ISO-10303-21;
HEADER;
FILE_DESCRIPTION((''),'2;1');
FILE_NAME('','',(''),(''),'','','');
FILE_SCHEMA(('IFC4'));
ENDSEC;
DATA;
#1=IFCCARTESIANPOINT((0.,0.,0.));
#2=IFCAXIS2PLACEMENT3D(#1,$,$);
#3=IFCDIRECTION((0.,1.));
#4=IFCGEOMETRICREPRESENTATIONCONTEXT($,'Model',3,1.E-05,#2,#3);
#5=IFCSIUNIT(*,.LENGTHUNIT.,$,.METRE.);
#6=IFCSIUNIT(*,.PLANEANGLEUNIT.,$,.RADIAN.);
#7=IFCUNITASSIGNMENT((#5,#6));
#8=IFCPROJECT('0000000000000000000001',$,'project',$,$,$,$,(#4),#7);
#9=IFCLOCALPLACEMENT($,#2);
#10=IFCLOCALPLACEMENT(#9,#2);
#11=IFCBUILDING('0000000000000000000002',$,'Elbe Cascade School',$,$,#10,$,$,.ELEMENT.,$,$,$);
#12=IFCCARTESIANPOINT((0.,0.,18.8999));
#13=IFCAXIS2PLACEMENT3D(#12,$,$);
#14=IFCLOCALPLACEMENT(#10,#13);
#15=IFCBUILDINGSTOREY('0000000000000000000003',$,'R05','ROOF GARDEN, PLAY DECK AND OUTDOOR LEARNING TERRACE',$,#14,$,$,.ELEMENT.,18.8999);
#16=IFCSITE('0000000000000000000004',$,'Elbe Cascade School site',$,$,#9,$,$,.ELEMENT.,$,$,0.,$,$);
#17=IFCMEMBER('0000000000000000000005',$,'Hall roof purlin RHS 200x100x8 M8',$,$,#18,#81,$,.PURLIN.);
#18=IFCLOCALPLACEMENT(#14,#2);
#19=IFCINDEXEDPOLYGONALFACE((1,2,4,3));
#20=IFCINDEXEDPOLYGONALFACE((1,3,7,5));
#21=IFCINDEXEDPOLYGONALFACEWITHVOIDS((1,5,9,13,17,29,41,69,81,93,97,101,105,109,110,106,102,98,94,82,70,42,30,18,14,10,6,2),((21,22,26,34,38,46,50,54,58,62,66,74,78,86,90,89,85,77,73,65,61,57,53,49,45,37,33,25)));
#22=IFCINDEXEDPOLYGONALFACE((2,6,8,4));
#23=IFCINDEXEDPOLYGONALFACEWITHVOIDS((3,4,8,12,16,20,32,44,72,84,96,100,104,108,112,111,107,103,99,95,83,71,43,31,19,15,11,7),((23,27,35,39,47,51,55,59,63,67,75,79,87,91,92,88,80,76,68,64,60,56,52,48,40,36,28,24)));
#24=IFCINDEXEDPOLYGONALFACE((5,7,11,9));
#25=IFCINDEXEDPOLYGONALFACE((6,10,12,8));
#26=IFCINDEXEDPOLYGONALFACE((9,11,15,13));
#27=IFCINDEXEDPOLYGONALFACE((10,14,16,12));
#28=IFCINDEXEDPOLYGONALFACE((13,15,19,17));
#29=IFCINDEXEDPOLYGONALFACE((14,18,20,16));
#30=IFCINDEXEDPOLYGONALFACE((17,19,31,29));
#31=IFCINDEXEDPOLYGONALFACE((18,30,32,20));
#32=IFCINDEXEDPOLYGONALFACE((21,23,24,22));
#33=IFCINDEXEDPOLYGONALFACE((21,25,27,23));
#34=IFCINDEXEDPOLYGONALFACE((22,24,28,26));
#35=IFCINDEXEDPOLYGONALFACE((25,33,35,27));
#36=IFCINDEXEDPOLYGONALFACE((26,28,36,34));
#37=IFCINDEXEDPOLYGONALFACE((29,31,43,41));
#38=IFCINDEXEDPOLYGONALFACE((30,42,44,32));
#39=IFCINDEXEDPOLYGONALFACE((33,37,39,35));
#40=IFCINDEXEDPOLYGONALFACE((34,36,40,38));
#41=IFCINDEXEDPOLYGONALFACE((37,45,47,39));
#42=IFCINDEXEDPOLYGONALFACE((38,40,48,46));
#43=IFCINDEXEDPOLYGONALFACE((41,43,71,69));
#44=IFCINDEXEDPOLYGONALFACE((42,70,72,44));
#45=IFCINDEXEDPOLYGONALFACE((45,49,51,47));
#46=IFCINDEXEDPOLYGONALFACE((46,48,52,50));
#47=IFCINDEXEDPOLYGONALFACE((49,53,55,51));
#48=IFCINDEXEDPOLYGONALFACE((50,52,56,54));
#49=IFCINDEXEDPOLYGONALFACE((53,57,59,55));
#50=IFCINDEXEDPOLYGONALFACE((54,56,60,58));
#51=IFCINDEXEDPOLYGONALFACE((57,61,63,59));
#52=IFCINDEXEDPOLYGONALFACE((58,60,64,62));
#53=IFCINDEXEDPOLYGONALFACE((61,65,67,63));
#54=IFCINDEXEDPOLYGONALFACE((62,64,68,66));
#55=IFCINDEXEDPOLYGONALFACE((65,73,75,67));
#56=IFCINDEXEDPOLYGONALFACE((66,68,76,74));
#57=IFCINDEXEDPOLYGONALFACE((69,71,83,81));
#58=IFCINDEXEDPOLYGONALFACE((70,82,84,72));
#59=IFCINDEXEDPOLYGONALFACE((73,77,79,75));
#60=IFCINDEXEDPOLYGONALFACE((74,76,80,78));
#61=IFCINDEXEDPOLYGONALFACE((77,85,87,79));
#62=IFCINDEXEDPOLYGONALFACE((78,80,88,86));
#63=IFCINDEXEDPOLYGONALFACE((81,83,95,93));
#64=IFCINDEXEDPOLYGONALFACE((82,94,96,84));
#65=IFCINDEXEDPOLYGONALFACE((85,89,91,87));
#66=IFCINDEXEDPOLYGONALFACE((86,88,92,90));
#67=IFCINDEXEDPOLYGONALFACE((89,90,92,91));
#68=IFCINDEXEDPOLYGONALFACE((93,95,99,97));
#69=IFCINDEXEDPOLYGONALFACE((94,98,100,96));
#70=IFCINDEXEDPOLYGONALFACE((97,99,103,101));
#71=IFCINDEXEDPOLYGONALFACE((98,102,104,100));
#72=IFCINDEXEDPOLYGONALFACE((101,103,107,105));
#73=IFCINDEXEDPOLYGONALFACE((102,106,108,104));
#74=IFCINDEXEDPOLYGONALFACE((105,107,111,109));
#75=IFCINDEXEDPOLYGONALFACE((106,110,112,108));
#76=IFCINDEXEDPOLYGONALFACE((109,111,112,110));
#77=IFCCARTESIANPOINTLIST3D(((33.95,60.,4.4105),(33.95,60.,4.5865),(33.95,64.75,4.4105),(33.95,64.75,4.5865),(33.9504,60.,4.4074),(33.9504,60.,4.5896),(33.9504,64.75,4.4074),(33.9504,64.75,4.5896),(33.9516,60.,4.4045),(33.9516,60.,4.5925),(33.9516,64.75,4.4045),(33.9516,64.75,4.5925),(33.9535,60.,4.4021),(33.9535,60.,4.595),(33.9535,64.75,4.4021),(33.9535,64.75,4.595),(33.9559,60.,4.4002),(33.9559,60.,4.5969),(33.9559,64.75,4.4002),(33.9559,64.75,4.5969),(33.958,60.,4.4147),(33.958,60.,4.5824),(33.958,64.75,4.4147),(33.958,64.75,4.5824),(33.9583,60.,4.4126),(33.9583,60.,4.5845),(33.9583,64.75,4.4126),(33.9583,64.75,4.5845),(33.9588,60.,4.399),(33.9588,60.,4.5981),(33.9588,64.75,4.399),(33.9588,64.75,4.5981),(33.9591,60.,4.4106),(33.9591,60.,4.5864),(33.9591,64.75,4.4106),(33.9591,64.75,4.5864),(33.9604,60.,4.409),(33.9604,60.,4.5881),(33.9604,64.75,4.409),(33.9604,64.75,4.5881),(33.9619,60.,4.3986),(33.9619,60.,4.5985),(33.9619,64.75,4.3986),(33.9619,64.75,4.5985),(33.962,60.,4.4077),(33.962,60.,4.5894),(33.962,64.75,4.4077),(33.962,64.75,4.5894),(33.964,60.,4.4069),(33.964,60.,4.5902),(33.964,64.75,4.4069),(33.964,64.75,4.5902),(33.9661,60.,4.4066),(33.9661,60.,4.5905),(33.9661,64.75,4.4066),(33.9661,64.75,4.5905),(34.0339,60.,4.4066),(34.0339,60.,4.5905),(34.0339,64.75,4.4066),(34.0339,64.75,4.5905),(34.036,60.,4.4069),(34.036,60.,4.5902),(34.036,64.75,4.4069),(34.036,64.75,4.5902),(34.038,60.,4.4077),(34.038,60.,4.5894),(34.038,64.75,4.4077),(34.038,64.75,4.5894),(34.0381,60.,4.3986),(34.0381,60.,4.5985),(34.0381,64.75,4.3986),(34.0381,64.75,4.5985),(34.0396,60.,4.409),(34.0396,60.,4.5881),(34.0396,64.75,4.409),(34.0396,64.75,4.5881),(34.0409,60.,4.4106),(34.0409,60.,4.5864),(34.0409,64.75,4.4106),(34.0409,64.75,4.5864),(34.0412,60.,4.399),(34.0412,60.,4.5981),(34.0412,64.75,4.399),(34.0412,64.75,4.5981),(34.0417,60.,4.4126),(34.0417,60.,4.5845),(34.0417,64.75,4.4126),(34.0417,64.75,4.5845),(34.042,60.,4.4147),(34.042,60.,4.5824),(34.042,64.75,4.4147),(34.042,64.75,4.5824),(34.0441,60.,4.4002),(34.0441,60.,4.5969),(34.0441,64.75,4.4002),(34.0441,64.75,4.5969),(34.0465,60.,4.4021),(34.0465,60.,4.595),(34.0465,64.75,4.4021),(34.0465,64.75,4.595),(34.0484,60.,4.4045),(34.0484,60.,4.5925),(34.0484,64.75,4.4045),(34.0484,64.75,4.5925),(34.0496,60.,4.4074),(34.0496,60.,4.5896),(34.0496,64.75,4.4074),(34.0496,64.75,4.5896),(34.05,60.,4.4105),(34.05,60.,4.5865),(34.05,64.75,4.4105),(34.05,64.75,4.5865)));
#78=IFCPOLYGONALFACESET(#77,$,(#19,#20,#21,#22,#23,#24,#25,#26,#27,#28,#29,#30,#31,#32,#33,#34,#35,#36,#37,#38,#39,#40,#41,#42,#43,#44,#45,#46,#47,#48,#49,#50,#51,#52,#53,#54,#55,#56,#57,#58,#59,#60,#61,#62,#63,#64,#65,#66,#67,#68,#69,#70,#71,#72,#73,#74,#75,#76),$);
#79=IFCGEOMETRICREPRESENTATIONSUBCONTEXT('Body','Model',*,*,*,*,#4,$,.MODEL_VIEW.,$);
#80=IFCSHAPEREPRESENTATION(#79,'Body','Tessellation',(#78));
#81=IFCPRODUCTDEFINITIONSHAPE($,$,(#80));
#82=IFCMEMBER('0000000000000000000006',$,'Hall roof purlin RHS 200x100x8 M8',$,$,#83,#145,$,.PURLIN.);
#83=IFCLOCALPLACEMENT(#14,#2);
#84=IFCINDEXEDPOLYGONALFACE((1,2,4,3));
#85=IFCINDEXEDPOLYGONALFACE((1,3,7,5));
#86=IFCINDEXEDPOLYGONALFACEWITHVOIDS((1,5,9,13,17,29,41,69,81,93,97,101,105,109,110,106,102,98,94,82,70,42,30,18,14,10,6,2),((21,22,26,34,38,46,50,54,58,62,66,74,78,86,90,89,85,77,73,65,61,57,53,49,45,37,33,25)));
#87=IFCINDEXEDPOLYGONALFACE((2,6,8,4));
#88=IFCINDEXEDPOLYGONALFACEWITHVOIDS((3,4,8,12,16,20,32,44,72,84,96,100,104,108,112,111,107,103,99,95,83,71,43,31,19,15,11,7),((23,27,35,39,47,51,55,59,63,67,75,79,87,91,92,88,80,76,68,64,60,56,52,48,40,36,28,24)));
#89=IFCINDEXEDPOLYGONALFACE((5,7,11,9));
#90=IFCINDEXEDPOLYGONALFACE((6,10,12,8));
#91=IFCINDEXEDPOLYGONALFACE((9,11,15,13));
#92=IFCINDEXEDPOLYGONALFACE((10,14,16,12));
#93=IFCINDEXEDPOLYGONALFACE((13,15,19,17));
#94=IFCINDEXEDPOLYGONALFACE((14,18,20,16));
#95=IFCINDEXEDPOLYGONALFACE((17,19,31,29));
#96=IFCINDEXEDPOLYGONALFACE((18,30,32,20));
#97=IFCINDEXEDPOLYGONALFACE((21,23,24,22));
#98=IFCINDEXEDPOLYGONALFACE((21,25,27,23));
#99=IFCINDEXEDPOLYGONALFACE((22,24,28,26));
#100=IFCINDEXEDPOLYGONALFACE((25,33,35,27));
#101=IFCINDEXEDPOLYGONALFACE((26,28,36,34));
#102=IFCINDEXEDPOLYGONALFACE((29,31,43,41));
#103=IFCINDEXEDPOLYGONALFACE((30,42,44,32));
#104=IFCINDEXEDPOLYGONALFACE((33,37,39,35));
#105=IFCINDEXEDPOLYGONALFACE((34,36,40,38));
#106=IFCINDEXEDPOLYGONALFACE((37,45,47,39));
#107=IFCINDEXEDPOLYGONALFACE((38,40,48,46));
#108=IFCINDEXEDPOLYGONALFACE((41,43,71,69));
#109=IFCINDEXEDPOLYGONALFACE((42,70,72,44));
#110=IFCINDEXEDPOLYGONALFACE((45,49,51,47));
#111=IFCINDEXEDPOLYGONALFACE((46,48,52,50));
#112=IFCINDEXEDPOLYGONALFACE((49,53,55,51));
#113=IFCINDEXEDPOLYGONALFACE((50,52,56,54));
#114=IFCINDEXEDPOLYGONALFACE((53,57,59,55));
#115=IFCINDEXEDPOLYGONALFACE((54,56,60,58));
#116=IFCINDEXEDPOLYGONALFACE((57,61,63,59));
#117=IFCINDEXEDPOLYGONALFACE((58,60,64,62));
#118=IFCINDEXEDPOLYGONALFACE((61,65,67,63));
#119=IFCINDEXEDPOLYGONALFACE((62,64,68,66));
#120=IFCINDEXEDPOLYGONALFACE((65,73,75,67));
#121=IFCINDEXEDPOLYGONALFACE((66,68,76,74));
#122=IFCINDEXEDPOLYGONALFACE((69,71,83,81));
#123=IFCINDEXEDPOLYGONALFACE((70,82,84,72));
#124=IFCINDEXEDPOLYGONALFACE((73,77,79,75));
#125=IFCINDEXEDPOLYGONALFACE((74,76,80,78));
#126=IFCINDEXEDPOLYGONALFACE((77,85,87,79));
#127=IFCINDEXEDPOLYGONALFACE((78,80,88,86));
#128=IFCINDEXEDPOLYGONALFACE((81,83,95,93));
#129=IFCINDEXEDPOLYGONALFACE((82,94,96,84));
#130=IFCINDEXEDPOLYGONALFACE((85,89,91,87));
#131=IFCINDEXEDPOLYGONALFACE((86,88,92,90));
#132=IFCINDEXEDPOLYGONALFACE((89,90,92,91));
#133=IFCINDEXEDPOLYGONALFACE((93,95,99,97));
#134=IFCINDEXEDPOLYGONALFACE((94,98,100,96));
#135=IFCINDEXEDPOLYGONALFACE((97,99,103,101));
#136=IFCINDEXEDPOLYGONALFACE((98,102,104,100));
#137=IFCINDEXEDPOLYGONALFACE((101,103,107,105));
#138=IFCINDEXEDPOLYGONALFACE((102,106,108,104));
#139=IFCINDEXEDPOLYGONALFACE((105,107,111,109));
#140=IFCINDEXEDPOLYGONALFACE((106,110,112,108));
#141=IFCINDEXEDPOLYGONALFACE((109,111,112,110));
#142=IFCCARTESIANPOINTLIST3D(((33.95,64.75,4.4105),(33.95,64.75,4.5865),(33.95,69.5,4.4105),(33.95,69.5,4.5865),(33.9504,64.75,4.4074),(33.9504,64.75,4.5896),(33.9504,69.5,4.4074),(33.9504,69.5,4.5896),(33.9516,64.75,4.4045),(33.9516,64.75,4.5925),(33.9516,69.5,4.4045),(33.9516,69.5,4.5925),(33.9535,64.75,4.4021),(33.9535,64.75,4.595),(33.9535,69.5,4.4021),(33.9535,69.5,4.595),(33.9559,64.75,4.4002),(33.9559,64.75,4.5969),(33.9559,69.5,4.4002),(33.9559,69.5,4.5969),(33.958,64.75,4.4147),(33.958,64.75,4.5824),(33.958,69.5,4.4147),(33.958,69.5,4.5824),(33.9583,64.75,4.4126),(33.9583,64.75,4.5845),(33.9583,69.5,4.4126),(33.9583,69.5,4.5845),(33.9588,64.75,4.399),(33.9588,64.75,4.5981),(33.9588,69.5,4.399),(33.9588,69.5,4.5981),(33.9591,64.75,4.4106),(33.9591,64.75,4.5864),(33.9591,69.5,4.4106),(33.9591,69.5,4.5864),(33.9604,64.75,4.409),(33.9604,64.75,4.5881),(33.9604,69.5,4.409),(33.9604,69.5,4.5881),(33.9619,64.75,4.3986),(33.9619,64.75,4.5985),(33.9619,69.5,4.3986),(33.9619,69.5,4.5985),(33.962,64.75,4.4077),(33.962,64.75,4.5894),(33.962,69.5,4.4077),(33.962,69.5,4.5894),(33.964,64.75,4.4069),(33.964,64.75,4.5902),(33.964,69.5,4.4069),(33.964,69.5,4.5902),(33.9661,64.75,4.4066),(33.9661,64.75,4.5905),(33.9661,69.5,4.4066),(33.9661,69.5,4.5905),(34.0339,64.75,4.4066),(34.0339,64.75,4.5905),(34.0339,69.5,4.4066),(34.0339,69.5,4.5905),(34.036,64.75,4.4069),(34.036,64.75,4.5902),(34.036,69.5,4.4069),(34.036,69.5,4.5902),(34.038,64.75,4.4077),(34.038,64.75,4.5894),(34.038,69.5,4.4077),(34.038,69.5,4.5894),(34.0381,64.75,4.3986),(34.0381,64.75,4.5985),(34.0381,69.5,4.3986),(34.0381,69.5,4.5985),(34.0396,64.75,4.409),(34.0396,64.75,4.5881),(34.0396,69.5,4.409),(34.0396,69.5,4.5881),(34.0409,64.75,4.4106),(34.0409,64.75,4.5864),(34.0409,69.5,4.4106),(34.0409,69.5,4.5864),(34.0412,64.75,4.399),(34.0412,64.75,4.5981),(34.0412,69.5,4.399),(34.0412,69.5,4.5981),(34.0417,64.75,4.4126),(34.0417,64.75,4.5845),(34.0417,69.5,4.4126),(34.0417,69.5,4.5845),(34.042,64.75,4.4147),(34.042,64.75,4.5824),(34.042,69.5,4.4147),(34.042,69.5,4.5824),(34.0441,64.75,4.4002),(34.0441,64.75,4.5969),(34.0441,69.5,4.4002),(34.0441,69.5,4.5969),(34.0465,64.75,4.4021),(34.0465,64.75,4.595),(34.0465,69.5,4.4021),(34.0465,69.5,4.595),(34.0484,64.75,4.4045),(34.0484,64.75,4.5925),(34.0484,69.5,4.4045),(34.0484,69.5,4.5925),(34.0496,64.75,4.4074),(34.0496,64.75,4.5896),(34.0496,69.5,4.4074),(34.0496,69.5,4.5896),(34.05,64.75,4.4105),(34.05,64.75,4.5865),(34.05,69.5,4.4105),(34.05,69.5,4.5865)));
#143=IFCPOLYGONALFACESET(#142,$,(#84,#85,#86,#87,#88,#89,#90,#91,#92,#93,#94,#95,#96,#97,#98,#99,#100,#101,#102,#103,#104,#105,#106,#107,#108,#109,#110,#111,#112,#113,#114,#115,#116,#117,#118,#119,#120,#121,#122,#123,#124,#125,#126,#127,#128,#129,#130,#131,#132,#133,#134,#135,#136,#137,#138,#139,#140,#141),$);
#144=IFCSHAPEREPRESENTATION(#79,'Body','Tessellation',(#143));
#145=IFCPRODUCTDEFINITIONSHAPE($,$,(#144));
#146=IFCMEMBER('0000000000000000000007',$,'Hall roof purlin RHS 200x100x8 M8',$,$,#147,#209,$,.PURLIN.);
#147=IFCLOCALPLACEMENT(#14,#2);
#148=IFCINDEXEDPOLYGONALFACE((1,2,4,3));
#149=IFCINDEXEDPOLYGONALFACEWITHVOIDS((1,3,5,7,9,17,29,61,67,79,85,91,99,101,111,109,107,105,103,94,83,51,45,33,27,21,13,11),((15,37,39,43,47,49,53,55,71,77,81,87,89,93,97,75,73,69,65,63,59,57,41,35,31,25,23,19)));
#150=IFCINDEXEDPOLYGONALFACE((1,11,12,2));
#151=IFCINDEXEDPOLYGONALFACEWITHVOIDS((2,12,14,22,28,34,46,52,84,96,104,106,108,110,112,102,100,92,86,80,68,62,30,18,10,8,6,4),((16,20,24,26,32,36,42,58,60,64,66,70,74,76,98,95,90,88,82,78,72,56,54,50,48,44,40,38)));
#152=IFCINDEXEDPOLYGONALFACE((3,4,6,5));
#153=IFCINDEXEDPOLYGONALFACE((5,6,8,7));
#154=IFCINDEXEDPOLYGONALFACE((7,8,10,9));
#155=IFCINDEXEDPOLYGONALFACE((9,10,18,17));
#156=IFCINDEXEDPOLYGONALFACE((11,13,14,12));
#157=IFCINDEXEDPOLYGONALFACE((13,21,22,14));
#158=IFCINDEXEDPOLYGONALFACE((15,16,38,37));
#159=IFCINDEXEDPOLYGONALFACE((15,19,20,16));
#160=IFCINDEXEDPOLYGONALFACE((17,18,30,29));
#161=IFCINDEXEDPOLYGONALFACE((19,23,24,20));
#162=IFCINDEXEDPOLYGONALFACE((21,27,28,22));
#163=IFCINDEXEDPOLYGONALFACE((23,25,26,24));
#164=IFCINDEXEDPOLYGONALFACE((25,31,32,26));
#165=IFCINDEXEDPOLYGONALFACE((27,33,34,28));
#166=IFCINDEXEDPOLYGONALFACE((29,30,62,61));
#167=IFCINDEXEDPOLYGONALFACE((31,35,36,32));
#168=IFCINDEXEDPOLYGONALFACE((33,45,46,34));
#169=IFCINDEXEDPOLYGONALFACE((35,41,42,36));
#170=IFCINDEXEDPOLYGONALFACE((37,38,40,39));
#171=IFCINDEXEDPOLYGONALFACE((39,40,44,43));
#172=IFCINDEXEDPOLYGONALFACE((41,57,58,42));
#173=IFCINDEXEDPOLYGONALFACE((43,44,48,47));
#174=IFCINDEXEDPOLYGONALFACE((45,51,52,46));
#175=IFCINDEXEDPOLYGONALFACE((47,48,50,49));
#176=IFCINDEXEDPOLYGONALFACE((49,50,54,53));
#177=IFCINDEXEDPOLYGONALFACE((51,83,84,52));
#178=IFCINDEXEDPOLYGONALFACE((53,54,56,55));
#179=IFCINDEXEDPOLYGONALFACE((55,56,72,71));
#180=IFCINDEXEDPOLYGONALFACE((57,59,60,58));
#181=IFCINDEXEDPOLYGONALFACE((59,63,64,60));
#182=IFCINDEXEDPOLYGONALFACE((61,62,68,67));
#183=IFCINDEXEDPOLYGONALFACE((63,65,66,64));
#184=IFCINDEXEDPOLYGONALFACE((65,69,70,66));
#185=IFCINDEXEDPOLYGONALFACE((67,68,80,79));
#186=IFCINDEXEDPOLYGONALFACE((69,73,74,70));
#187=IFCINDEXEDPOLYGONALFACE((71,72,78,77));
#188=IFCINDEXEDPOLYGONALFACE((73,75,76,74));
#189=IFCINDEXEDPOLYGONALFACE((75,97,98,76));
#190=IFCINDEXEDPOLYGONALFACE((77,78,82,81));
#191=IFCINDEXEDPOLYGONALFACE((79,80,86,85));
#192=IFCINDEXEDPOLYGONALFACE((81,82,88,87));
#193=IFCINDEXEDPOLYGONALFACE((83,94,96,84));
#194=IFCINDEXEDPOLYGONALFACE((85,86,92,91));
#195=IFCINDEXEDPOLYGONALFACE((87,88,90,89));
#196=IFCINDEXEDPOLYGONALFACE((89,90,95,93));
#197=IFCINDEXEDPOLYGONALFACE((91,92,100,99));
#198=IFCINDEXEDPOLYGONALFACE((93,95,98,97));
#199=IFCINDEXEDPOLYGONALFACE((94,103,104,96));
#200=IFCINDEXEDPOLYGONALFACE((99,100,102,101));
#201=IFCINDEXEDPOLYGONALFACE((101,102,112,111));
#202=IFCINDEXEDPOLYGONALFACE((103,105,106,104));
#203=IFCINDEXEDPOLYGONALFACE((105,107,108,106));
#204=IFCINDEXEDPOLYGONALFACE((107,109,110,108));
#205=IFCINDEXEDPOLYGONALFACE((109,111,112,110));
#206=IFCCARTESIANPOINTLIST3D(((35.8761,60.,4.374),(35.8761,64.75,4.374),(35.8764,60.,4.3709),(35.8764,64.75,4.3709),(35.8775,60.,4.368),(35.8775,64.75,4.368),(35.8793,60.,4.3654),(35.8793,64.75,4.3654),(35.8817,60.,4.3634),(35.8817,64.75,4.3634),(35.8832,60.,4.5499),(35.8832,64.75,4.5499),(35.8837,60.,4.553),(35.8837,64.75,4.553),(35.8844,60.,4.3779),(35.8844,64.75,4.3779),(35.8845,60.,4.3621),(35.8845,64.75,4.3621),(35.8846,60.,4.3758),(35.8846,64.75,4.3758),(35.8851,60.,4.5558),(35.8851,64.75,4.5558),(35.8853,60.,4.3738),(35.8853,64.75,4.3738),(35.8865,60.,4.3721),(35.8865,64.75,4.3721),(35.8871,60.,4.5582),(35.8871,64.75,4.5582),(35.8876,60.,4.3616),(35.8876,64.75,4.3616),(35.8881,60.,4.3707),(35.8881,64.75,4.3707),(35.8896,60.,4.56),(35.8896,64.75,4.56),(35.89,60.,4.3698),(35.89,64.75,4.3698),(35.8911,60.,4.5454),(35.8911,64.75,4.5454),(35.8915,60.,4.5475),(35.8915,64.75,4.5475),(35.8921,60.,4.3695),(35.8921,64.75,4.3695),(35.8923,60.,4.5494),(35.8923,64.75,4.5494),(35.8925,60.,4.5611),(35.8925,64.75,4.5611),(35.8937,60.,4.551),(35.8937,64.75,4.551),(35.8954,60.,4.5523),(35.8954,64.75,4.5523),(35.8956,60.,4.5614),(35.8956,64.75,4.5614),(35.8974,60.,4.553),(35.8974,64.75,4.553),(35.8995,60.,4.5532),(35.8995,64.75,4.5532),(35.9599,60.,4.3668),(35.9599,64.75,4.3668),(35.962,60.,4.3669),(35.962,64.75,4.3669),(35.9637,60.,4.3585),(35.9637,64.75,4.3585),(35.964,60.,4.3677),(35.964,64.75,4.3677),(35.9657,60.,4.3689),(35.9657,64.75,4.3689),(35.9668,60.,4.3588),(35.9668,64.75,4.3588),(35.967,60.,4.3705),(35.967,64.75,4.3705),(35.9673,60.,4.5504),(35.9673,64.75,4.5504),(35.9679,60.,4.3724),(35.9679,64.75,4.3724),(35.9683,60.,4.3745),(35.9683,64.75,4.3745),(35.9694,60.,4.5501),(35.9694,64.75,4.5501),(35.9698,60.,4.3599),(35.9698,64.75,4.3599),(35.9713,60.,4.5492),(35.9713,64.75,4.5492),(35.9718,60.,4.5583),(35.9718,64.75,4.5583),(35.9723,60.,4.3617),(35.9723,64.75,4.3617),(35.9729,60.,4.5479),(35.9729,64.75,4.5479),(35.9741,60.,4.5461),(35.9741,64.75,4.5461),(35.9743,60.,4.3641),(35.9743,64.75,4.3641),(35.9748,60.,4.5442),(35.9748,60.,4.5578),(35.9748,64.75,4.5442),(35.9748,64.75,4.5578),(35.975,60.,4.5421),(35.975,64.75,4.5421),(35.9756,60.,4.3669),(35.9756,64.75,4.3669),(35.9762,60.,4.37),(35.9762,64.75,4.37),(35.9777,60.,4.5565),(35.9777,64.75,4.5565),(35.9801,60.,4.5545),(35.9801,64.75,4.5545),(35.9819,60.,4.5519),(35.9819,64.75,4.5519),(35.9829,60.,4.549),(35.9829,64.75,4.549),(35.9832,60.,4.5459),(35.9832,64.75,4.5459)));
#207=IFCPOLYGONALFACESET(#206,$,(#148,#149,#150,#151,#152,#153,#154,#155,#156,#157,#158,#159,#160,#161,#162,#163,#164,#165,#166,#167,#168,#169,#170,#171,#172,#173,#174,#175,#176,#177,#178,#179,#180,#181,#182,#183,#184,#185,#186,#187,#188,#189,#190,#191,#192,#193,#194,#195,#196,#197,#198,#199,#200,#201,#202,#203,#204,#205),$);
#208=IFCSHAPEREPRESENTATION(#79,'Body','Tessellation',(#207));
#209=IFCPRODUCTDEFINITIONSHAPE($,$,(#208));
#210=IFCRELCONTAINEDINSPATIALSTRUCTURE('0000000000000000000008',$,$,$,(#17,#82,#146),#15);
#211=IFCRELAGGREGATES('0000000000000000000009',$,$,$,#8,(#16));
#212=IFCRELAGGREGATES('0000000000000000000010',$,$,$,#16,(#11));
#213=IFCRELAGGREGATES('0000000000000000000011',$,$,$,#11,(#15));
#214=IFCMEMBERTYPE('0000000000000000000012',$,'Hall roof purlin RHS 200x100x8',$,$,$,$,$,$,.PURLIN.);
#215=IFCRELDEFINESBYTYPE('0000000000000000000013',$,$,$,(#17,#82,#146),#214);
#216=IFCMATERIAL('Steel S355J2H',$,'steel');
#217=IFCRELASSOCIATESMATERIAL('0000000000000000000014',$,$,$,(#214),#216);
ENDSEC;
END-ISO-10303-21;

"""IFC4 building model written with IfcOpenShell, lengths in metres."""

from ifc_helpers import new_model, si_unit, direction, frame, origin, origin_2d, place, context, subcontext, project, spatial, hollow_rectangle, extrude, material, material_profile, profile_set, type_object, element, save


model = new_model("IFC4")

# Units and contexts
model_context = context("Model", 3, precision=1e-05, world=origin(), true_north=direction((0.0, 1.0)))
body_context = subcontext(model_context, "Body", "Model", "MODEL_VIEW")
ifc_project = project(units=[si_unit("LENGTHUNIT", "METRE"), si_unit("PLANEANGLEUNIT", "RADIAN")], contexts=[model_context])

# Site, building, storey
site_placement = place(None, origin())
site = spatial("IfcSite", under=ifc_project, at=site_placement, Name="Elbe Cascade School site", CompositionType="ELEMENT", RefElevation=0.0)
building_placement = place(site_placement, origin())
building = spatial("IfcBuilding", under=site, at=building_placement, Name="Elbe Cascade School", CompositionType="ELEMENT")
storey_placement = place(building_placement, frame((0.0, 0.0, 18.8999)))
storey = spatial("IfcBuildingStorey", under=building, at=storey_placement, Name="R05", Description="ROOF GARDEN, PLAY DECK AND OUTDOOR LEARNING TERRACE", CompositionType="ELEMENT", Elevation=18.8999)

# Members
ifc_material_1 = material(Name="Steel S355J2H", Category="steel")
ifc_material_profile_1 = material_profile(ifc_material_1, hollow_rectangle(XDim=0.1001, YDim=0.2, WallThickness=0.0081, InnerFilletRadius=0.0081, OuterFilletRadius=0.012, at=origin_2d()), Name="RHS 200x100x8")
ifc_profile_set_1 = profile_set([ifc_material_profile_1], Name="Steel S355J2H")
member_type_1 = type_object("IfcMemberType", Name="Hall roof purlin RHS 200x100x8", PredefinedType="PURLIN", material=ifc_profile_set_1)
for number, where, z_axis, x_axis, name in (
    (1, (34.0, 60.0, 4.4985), (0.0, 1.0, 0.0), (-1.0, 0.0, 0.0), "Hall roof purlin RHS 200x100x8 M8"),
    (2, (34.0, 64.75, 4.4985), (0.0, 1.0, 0.0), (-1.0, 0.0, 0.0), "Hall roof purlin RHS 200x100x8 M8"),
    (3, (35.9297, 60.0, 4.46), (0.0, 1.0, 0.0), (-0.999193, 0.0, 0.040154), "Hall roof purlin RHS 200x100x8 M8"),
):
    element("IfcMember", number, at=place(storey_placement, frame(where, z_axis=z_axis, x_axis=x_axis)), inside=storey, type_object=member_type_1, Name=name, PredefinedType="PURLIN", context=body_context, shape_type="SweptSolid", body=[
        extrude(hollow_rectangle(XDim=0.1001, YDim=0.2, WallThickness=0.0081, InnerFilletRadius=0.0081, OuterFilletRadius=0.012, at=origin_2d()), origin(), (0.0, 0.0, 1.0), 4.75),
    ])

save(model, "model.ifc")
